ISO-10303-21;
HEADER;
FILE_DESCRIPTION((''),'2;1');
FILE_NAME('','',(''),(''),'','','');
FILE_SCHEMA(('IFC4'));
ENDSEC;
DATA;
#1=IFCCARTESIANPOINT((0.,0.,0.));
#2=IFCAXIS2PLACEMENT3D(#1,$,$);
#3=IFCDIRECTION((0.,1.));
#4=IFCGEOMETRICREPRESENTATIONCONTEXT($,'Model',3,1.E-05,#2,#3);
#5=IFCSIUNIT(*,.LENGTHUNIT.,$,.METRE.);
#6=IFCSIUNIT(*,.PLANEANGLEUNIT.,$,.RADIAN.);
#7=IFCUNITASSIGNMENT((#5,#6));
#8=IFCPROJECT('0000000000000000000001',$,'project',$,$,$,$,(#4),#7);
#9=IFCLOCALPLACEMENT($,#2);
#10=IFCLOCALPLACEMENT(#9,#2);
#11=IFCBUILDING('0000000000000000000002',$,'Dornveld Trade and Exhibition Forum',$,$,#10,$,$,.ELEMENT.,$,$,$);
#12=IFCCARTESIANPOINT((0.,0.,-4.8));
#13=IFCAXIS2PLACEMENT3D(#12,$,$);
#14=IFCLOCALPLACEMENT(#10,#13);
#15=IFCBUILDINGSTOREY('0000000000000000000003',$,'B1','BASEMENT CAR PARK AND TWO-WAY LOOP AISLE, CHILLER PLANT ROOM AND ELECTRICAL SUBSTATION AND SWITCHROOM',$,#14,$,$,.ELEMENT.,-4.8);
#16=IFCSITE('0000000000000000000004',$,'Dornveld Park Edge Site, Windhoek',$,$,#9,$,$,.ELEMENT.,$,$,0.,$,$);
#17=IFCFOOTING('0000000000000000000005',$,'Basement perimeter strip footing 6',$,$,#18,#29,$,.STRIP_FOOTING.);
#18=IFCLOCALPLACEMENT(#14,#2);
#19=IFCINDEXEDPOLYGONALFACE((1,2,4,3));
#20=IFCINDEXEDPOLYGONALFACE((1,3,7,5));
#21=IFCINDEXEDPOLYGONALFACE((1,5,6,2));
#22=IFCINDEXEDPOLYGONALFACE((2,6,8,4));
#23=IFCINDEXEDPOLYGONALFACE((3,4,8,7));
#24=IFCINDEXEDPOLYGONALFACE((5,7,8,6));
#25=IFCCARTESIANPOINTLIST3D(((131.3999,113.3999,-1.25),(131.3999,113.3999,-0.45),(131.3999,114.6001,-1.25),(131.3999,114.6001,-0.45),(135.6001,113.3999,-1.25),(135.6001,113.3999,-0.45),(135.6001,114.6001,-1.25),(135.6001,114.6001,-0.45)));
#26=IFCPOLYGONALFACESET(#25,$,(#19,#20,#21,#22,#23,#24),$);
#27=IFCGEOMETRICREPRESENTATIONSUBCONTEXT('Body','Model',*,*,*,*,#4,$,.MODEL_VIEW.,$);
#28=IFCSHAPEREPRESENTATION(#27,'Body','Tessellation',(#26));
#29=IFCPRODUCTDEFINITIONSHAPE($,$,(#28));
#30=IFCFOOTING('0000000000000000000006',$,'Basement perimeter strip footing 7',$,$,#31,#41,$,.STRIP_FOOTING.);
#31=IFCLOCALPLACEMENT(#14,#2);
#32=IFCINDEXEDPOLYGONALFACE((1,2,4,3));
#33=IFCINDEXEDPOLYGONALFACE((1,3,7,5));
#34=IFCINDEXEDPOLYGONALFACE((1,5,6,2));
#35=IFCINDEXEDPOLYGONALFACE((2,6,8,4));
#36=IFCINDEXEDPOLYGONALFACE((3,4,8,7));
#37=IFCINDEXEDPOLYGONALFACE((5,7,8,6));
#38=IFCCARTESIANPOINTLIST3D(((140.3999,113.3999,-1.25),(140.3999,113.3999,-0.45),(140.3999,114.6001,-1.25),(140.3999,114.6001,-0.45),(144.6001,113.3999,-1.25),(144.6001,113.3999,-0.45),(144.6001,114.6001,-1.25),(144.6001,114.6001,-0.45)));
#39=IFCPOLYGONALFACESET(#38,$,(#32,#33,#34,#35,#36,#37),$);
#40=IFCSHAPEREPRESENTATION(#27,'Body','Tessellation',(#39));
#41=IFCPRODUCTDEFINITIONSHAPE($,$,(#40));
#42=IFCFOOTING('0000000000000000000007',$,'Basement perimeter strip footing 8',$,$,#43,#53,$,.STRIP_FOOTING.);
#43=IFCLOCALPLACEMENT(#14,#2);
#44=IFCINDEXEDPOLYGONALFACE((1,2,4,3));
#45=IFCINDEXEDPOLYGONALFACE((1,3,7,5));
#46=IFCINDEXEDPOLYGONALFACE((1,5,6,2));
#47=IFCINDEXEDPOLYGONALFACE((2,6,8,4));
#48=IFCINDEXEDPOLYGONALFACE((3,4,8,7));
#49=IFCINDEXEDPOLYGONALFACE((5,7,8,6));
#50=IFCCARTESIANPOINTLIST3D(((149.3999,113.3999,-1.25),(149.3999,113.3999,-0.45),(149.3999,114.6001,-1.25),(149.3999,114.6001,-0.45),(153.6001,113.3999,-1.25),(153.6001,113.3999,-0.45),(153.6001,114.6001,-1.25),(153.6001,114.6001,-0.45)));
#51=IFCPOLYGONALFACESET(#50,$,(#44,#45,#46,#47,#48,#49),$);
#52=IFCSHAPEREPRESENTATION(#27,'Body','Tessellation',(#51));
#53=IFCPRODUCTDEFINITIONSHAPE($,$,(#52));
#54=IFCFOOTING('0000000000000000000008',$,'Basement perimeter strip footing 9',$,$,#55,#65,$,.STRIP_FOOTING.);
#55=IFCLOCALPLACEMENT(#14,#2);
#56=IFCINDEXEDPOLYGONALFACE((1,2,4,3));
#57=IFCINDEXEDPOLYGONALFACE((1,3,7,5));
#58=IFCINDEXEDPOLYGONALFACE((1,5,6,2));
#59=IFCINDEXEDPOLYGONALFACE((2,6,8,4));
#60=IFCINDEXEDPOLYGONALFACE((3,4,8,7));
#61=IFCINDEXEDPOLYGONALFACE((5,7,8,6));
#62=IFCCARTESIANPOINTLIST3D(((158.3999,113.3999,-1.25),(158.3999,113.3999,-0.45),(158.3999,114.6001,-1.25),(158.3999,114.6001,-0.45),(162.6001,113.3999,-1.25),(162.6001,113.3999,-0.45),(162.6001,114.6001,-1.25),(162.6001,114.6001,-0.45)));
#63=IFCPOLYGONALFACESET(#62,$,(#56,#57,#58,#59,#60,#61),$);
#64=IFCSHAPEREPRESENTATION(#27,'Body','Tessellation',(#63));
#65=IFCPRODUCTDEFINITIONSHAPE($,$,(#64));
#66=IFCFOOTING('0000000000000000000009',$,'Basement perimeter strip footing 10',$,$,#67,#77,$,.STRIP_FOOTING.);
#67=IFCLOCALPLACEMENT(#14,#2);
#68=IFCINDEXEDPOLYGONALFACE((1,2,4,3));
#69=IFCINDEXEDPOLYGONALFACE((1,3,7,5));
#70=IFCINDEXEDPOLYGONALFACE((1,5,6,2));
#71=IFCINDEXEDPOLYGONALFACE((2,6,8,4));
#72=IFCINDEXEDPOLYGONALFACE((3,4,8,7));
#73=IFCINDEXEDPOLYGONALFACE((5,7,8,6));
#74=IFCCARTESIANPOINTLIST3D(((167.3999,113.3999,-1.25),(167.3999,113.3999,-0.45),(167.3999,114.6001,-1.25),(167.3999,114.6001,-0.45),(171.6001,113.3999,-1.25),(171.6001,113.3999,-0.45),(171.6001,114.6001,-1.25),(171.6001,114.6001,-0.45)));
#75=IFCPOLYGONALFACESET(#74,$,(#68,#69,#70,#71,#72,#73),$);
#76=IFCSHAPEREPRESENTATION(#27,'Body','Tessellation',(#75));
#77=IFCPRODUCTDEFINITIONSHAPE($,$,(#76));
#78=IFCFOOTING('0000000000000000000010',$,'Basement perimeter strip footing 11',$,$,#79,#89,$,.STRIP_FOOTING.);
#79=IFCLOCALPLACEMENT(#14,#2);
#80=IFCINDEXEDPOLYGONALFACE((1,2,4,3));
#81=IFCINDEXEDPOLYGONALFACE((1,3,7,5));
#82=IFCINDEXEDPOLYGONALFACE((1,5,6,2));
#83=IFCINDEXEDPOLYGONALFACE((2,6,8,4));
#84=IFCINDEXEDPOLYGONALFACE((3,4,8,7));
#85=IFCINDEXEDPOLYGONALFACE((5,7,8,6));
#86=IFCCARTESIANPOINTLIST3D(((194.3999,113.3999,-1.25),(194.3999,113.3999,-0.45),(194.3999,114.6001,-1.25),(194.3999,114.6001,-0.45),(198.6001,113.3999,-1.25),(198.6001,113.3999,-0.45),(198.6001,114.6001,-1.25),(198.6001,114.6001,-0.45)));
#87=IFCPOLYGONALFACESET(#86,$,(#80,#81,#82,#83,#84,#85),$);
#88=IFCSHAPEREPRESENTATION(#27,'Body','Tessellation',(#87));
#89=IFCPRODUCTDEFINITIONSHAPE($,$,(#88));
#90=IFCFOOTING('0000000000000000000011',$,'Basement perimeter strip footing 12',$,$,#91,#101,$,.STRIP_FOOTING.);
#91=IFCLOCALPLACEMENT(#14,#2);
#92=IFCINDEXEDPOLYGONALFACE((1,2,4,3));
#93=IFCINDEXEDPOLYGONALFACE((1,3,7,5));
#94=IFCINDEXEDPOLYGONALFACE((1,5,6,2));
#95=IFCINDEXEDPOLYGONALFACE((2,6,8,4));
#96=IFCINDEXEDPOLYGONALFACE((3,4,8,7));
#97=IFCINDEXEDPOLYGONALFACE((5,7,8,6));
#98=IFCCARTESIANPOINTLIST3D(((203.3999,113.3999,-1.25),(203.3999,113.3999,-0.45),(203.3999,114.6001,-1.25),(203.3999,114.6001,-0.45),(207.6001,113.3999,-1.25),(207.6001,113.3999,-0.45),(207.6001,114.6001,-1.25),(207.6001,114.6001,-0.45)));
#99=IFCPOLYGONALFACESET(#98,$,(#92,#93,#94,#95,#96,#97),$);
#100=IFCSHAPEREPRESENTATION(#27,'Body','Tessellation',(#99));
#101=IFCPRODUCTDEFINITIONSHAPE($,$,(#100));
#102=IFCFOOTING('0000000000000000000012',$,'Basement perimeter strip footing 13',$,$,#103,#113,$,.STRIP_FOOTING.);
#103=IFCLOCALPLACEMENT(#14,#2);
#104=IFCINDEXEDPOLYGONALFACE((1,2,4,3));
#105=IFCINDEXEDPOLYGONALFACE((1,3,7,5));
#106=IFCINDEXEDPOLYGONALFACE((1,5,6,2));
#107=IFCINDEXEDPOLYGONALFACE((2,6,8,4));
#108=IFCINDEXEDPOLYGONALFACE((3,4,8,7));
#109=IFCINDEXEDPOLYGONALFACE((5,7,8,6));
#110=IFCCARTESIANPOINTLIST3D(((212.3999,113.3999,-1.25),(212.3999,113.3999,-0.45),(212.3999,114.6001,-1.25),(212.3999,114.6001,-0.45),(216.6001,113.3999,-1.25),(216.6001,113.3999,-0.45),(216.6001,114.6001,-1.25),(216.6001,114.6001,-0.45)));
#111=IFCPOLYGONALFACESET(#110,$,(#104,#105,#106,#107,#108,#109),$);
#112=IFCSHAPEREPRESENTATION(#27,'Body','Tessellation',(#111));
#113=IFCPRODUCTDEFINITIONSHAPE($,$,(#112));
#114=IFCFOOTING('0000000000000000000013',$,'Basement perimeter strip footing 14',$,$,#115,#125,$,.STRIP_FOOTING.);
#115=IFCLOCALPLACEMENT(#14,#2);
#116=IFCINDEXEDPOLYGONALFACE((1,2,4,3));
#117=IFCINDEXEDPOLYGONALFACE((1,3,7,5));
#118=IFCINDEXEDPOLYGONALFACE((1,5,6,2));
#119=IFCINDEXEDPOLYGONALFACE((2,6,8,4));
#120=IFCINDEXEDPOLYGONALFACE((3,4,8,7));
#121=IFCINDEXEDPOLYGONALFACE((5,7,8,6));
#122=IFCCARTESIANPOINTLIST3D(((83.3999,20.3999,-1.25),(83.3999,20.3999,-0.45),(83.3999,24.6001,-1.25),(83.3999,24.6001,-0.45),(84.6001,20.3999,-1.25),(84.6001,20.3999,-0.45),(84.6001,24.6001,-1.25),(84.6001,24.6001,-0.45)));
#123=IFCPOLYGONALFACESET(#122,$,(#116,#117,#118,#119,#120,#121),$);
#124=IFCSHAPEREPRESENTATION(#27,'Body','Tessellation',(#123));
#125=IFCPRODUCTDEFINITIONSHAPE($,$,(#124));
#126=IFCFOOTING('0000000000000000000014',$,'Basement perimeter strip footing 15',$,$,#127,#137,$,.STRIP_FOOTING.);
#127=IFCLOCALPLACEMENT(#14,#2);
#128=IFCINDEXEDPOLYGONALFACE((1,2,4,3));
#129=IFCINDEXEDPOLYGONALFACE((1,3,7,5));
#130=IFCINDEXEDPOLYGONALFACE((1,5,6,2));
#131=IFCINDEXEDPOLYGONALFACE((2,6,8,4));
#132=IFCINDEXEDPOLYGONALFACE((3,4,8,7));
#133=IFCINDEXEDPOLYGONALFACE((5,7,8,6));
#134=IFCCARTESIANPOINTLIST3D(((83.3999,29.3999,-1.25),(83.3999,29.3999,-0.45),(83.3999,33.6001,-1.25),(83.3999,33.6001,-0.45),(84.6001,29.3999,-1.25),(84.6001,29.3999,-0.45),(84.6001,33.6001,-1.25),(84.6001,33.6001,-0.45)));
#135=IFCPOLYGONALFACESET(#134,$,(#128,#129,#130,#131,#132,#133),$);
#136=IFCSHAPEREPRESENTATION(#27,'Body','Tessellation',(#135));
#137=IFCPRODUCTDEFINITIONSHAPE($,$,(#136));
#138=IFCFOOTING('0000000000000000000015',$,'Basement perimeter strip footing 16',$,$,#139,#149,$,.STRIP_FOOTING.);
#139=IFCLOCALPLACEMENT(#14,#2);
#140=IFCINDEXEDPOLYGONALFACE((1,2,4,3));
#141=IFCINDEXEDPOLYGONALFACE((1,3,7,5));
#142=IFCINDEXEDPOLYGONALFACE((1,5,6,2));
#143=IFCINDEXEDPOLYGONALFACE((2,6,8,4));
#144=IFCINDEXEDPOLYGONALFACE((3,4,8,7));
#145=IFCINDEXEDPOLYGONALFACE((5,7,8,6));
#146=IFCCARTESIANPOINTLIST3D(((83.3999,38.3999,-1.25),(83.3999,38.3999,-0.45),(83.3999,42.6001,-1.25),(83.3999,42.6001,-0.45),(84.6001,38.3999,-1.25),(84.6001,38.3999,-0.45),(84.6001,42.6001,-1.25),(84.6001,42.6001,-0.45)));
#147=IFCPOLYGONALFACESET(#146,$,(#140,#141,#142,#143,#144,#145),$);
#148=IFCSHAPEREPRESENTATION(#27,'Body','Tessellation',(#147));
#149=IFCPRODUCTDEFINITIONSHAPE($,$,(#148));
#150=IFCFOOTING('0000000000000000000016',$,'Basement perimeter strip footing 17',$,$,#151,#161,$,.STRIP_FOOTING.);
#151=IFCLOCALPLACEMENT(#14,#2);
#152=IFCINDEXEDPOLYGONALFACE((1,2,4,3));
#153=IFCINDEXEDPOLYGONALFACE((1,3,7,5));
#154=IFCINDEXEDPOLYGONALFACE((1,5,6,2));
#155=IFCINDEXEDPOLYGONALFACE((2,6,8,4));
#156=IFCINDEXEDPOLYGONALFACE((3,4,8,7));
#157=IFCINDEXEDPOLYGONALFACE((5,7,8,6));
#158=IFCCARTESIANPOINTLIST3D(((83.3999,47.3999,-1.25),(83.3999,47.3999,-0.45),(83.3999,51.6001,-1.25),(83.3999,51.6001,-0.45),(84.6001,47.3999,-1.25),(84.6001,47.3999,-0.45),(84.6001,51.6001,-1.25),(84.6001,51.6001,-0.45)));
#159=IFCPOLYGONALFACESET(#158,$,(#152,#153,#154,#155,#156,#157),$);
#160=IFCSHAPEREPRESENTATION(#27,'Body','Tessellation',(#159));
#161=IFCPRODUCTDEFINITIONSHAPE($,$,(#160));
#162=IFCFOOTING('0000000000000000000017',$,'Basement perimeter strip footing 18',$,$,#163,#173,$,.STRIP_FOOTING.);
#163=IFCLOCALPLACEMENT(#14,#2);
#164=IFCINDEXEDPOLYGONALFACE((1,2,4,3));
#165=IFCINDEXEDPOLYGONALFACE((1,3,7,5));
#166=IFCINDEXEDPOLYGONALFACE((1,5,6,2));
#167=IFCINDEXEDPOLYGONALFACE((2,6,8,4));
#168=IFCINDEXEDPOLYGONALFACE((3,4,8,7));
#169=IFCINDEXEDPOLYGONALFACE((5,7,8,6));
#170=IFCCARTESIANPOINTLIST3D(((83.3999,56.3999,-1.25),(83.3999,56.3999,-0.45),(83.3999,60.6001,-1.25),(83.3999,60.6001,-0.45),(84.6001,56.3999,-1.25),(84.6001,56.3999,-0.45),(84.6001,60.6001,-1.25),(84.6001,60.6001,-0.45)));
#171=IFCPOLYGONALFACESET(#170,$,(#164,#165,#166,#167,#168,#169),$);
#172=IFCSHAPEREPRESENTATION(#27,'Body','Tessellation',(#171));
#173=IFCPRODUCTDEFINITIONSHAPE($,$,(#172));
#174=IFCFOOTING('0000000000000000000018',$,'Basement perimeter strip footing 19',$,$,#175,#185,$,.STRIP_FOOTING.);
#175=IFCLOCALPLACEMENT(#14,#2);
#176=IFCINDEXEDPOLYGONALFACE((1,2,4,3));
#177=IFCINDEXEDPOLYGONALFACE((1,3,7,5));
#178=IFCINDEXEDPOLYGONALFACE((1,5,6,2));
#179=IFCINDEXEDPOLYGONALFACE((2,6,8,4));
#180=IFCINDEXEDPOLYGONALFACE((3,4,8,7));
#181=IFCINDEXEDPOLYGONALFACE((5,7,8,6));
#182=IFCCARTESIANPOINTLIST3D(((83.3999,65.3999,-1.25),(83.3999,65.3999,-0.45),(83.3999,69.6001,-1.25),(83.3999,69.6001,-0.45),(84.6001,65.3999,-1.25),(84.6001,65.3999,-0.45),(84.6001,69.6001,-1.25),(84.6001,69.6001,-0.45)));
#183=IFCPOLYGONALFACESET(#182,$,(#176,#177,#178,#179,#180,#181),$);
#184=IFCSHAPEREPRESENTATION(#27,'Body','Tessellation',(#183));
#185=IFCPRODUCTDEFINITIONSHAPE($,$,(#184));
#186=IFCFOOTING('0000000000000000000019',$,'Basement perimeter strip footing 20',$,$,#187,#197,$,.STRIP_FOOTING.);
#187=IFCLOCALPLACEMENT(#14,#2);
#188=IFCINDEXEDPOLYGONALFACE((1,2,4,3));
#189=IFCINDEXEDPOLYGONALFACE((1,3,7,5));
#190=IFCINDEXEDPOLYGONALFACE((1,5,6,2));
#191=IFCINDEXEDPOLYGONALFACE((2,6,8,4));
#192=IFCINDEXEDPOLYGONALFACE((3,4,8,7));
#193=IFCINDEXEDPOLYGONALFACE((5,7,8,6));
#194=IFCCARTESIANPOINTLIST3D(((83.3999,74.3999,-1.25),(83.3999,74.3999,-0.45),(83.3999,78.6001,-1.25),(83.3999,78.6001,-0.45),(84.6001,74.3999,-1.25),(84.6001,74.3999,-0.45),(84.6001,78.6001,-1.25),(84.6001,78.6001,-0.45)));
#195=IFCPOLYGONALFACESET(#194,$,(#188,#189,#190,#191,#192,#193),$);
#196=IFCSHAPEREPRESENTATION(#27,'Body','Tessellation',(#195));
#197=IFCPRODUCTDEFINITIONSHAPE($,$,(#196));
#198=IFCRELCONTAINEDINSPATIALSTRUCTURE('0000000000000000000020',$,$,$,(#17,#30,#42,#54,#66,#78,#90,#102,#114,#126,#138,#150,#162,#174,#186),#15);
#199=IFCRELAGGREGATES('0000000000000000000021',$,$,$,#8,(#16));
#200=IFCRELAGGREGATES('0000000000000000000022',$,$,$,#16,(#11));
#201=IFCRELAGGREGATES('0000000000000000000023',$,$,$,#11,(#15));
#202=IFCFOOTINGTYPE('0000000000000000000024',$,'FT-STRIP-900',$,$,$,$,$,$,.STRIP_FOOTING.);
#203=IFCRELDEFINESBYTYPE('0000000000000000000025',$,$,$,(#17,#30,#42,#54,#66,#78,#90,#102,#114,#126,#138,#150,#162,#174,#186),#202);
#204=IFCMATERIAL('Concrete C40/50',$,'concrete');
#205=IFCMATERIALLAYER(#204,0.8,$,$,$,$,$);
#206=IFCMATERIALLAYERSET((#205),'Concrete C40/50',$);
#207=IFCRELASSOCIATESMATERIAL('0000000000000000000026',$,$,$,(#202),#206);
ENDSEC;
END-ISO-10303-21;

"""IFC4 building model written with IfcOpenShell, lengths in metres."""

from ifc_helpers import new_model, si_unit, direction, frame, origin, place, context, subcontext, project, spatial, polyline, outline, extrude, material, layer, layer_set, type_object, element, save


model = new_model("IFC4")

# Units and contexts
model_context = context("Model", 3, precision=1e-05, world=origin(), true_north=direction((0.0, 1.0)))
body_context = subcontext(model_context, "Body", "Model", "MODEL_VIEW")
ifc_project = project(units=[si_unit("LENGTHUNIT", "METRE"), si_unit("PLANEANGLEUNIT", "RADIAN")], contexts=[model_context])

# Site, building, storey
site_placement = place(None, origin())
site = spatial("IfcSite", under=ifc_project, at=site_placement, Name="Dornveld Park Edge Site, Windhoek", CompositionType="ELEMENT", RefElevation=0.0)
building_placement = place(site_placement, origin())
building = spatial("IfcBuilding", under=site, at=building_placement, Name="Dornveld Trade and Exhibition Forum", CompositionType="ELEMENT")
storey_placement = place(building_placement, frame((0.0, 0.0, -4.8)))
storey = spatial("IfcBuildingStorey", under=building, at=storey_placement, Name="B1", Description="BASEMENT CAR PARK AND TWO-WAY LOOP AISLE, CHILLER PLANT ROOM AND ELECTRICAL SUBSTATION AND SWITCHROOM", CompositionType="ELEMENT", Elevation=-4.8)

# Footings
ifc_material_1 = material(Name="Concrete C40/50", Category="concrete")
ifc_layer_1 = layer(ifc_material_1, 0.8)
ifc_layer_set_1 = layer_set([ifc_layer_1], Name="Concrete C40/50")
footing_type_1 = type_object("IfcFootingType", Name="FT-STRIP-900", PredefinedType="STRIP_FOOTING", material=ifc_layer_set_1)
footing_1_placement = place(storey_placement, frame((0.0, 0.0, -1.25)))
element("IfcFooting", 1, at=footing_1_placement, inside=storey, type_object=footing_type_1, Name="Basement perimeter strip footing 6", PredefinedType="STRIP_FOOTING", context=body_context, shape_type="SweptSolid", body=[
    extrude(outline(polyline([(131.3999, 113.3999), (135.6001, 113.3999), (135.6001, 114.6001), (131.3999, 114.6001), (131.3999, 113.3999)])), origin(), (0.0, 0.0, 1.0), 0.8),
])
footing_2_placement = place(storey_placement, frame((0.0, 0.0, -1.25)))
element("IfcFooting", 2, at=footing_2_placement, inside=storey, type_object=footing_type_1, Name="Basement perimeter strip footing 7", PredefinedType="STRIP_FOOTING", context=body_context, shape_type="SweptSolid", body=[
    extrude(outline(polyline([(140.3999, 113.3999), (144.6001, 113.3999), (144.6001, 114.6001), (140.3999, 114.6001), (140.3999, 113.3999)])), origin(), (0.0, 0.0, 1.0), 0.8),
])
footing_3_placement = place(storey_placement, frame((0.0, 0.0, -1.25)))
element("IfcFooting", 3, at=footing_3_placement, inside=storey, type_object=footing_type_1, Name="Basement perimeter strip footing 8", PredefinedType="STRIP_FOOTING", context=body_context, shape_type="SweptSolid", body=[
    extrude(outline(polyline([(149.3999, 113.3999), (153.6001, 113.3999), (153.6001, 114.6001), (149.3999, 114.6001), (149.3999, 113.3999)])), origin(), (0.0, 0.0, 1.0), 0.8),
])
footing_4_placement = place(storey_placement, frame((0.0, 0.0, -1.25)))
element("IfcFooting", 4, at=footing_4_placement, inside=storey, type_object=footing_type_1, Name="Basement perimeter strip footing 9", PredefinedType="STRIP_FOOTING", context=body_context, shape_type="SweptSolid", body=[
    extrude(outline(polyline([(158.3999, 113.3999), (162.6001, 113.3999), (162.6001, 114.6001), (158.3999, 114.6001), (158.3999, 113.3999)])), origin(), (0.0, 0.0, 1.0), 0.8),
])
footing_5_placement = place(storey_placement, frame((0.0, 0.0, -1.25)))
element("IfcFooting", 5, at=footing_5_placement, inside=storey, type_object=footing_type_1, Name="Basement perimeter strip footing 10", PredefinedType="STRIP_FOOTING", context=body_context, shape_type="SweptSolid", body=[
    extrude(outline(polyline([(167.3999, 113.3999), (171.6001, 113.3999), (171.6001, 114.6001), (167.3999, 114.6001), (167.3999, 113.3999)])), origin(), (0.0, 0.0, 1.0), 0.8),
])
footing_6_placement = place(storey_placement, frame((0.0, 0.0, -1.25)))
element("IfcFooting", 6, at=footing_6_placement, inside=storey, type_object=footing_type_1, Name="Basement perimeter strip footing 11", PredefinedType="STRIP_FOOTING", context=body_context, shape_type="SweptSolid", body=[
    extrude(outline(polyline([(194.3999, 113.3999), (198.6001, 113.3999), (198.6001, 114.6001), (194.3999, 114.6001), (194.3999, 113.3999)])), origin(), (0.0, 0.0, 1.0), 0.8),
])
footing_7_placement = place(storey_placement, frame((0.0, 0.0, -1.25)))
element("IfcFooting", 7, at=footing_7_placement, inside=storey, type_object=footing_type_1, Name="Basement perimeter strip footing 12", PredefinedType="STRIP_FOOTING", context=body_context, shape_type="SweptSolid", body=[
    extrude(outline(polyline([(203.3999, 113.3999), (207.6001, 113.3999), (207.6001, 114.6001), (203.3999, 114.6001), (203.3999, 113.3999)])), origin(), (0.0, 0.0, 1.0), 0.8),
])
footing_8_placement = place(storey_placement, frame((0.0, 0.0, -1.25)))
element("IfcFooting", 8, at=footing_8_placement, inside=storey, type_object=footing_type_1, Name="Basement perimeter strip footing 13", PredefinedType="STRIP_FOOTING", context=body_context, shape_type="SweptSolid", body=[
    extrude(outline(polyline([(212.3999, 113.3999), (216.6001, 113.3999), (216.6001, 114.6001), (212.3999, 114.6001), (212.3999, 113.3999)])), origin(), (0.0, 0.0, 1.0), 0.8),
])
footing_9_placement = place(storey_placement, frame((0.0, 0.0, -1.25)))
element("IfcFooting", 9, at=footing_9_placement, inside=storey, type_object=footing_type_1, Name="Basement perimeter strip footing 14", PredefinedType="STRIP_FOOTING", context=body_context, shape_type="SweptSolid", body=[
    extrude(outline(polyline([(83.3999, 20.3999), (84.6001, 20.3999), (84.6001, 24.6001), (83.3999, 24.6001), (83.3999, 20.3999)])), origin(), (0.0, 0.0, 1.0), 0.8),
])
footing_10_placement = place(storey_placement, frame((0.0, 0.0, -1.25)))
element("IfcFooting", 10, at=footing_10_placement, inside=storey, type_object=footing_type_1, Name="Basement perimeter strip footing 15", PredefinedType="STRIP_FOOTING", context=body_context, shape_type="SweptSolid", body=[
    extrude(outline(polyline([(83.3999, 29.3999), (84.6001, 29.3999), (84.6001, 33.6001), (83.3999, 33.6001), (83.3999, 29.3999)])), origin(), (0.0, 0.0, 1.0), 0.8),
])
footing_11_placement = place(storey_placement, frame((0.0, 0.0, -1.25)))
element("IfcFooting", 11, at=footing_11_placement, inside=storey, type_object=footing_type_1, Name="Basement perimeter strip footing 16", PredefinedType="STRIP_FOOTING", context=body_context, shape_type="SweptSolid", body=[
    extrude(outline(polyline([(83.3999, 38.3999), (84.6001, 38.3999), (84.6001, 42.6001), (83.3999, 42.6001), (83.3999, 38.3999)])), origin(), (0.0, 0.0, 1.0), 0.8),
])
footing_12_placement = place(storey_placement, frame((0.0, 0.0, -1.25)))
element("IfcFooting", 12, at=footing_12_placement, inside=storey, type_object=footing_type_1, Name="Basement perimeter strip footing 17", PredefinedType="STRIP_FOOTING", context=body_context, shape_type="SweptSolid", body=[
    extrude(outline(polyline([(83.3999, 47.3999), (84.6001, 47.3999), (84.6001, 51.6001), (83.3999, 51.6001), (83.3999, 47.3999)])), origin(), (0.0, 0.0, 1.0), 0.8),
])
footing_13_placement = place(storey_placement, frame((0.0, 0.0, -1.25)))
element("IfcFooting", 13, at=footing_13_placement, inside=storey, type_object=footing_type_1, Name="Basement perimeter strip footing 18", PredefinedType="STRIP_FOOTING", context=body_context, shape_type="SweptSolid", body=[
    extrude(outline(polyline([(83.3999, 56.3999), (84.6001, 56.3999), (84.6001, 60.6001), (83.3999, 60.6001), (83.3999, 56.3999)])), origin(), (0.0, 0.0, 1.0), 0.8),
])
footing_14_placement = place(storey_placement, frame((0.0, 0.0, -1.25)))
element("IfcFooting", 14, at=footing_14_placement, inside=storey, type_object=footing_type_1, Name="Basement perimeter strip footing 19", PredefinedType="STRIP_FOOTING", context=body_context, shape_type="SweptSolid", body=[
    extrude(outline(polyline([(83.3999, 65.3999), (84.6001, 65.3999), (84.6001, 69.6001), (83.3999, 69.6001), (83.3999, 65.3999)])), origin(), (0.0, 0.0, 1.0), 0.8),
])
footing_15_placement = place(storey_placement, frame((0.0, 0.0, -1.25)))
element("IfcFooting", 15, at=footing_15_placement, inside=storey, type_object=footing_type_1, Name="Basement perimeter strip footing 20", PredefinedType="STRIP_FOOTING", context=body_context, shape_type="SweptSolid", body=[
    extrude(outline(polyline([(83.3999, 74.3999), (84.6001, 74.3999), (84.6001, 78.6001), (83.3999, 78.6001), (83.3999, 74.3999)])), origin(), (0.0, 0.0, 1.0), 0.8),
])

save(model, "model.ifc")
